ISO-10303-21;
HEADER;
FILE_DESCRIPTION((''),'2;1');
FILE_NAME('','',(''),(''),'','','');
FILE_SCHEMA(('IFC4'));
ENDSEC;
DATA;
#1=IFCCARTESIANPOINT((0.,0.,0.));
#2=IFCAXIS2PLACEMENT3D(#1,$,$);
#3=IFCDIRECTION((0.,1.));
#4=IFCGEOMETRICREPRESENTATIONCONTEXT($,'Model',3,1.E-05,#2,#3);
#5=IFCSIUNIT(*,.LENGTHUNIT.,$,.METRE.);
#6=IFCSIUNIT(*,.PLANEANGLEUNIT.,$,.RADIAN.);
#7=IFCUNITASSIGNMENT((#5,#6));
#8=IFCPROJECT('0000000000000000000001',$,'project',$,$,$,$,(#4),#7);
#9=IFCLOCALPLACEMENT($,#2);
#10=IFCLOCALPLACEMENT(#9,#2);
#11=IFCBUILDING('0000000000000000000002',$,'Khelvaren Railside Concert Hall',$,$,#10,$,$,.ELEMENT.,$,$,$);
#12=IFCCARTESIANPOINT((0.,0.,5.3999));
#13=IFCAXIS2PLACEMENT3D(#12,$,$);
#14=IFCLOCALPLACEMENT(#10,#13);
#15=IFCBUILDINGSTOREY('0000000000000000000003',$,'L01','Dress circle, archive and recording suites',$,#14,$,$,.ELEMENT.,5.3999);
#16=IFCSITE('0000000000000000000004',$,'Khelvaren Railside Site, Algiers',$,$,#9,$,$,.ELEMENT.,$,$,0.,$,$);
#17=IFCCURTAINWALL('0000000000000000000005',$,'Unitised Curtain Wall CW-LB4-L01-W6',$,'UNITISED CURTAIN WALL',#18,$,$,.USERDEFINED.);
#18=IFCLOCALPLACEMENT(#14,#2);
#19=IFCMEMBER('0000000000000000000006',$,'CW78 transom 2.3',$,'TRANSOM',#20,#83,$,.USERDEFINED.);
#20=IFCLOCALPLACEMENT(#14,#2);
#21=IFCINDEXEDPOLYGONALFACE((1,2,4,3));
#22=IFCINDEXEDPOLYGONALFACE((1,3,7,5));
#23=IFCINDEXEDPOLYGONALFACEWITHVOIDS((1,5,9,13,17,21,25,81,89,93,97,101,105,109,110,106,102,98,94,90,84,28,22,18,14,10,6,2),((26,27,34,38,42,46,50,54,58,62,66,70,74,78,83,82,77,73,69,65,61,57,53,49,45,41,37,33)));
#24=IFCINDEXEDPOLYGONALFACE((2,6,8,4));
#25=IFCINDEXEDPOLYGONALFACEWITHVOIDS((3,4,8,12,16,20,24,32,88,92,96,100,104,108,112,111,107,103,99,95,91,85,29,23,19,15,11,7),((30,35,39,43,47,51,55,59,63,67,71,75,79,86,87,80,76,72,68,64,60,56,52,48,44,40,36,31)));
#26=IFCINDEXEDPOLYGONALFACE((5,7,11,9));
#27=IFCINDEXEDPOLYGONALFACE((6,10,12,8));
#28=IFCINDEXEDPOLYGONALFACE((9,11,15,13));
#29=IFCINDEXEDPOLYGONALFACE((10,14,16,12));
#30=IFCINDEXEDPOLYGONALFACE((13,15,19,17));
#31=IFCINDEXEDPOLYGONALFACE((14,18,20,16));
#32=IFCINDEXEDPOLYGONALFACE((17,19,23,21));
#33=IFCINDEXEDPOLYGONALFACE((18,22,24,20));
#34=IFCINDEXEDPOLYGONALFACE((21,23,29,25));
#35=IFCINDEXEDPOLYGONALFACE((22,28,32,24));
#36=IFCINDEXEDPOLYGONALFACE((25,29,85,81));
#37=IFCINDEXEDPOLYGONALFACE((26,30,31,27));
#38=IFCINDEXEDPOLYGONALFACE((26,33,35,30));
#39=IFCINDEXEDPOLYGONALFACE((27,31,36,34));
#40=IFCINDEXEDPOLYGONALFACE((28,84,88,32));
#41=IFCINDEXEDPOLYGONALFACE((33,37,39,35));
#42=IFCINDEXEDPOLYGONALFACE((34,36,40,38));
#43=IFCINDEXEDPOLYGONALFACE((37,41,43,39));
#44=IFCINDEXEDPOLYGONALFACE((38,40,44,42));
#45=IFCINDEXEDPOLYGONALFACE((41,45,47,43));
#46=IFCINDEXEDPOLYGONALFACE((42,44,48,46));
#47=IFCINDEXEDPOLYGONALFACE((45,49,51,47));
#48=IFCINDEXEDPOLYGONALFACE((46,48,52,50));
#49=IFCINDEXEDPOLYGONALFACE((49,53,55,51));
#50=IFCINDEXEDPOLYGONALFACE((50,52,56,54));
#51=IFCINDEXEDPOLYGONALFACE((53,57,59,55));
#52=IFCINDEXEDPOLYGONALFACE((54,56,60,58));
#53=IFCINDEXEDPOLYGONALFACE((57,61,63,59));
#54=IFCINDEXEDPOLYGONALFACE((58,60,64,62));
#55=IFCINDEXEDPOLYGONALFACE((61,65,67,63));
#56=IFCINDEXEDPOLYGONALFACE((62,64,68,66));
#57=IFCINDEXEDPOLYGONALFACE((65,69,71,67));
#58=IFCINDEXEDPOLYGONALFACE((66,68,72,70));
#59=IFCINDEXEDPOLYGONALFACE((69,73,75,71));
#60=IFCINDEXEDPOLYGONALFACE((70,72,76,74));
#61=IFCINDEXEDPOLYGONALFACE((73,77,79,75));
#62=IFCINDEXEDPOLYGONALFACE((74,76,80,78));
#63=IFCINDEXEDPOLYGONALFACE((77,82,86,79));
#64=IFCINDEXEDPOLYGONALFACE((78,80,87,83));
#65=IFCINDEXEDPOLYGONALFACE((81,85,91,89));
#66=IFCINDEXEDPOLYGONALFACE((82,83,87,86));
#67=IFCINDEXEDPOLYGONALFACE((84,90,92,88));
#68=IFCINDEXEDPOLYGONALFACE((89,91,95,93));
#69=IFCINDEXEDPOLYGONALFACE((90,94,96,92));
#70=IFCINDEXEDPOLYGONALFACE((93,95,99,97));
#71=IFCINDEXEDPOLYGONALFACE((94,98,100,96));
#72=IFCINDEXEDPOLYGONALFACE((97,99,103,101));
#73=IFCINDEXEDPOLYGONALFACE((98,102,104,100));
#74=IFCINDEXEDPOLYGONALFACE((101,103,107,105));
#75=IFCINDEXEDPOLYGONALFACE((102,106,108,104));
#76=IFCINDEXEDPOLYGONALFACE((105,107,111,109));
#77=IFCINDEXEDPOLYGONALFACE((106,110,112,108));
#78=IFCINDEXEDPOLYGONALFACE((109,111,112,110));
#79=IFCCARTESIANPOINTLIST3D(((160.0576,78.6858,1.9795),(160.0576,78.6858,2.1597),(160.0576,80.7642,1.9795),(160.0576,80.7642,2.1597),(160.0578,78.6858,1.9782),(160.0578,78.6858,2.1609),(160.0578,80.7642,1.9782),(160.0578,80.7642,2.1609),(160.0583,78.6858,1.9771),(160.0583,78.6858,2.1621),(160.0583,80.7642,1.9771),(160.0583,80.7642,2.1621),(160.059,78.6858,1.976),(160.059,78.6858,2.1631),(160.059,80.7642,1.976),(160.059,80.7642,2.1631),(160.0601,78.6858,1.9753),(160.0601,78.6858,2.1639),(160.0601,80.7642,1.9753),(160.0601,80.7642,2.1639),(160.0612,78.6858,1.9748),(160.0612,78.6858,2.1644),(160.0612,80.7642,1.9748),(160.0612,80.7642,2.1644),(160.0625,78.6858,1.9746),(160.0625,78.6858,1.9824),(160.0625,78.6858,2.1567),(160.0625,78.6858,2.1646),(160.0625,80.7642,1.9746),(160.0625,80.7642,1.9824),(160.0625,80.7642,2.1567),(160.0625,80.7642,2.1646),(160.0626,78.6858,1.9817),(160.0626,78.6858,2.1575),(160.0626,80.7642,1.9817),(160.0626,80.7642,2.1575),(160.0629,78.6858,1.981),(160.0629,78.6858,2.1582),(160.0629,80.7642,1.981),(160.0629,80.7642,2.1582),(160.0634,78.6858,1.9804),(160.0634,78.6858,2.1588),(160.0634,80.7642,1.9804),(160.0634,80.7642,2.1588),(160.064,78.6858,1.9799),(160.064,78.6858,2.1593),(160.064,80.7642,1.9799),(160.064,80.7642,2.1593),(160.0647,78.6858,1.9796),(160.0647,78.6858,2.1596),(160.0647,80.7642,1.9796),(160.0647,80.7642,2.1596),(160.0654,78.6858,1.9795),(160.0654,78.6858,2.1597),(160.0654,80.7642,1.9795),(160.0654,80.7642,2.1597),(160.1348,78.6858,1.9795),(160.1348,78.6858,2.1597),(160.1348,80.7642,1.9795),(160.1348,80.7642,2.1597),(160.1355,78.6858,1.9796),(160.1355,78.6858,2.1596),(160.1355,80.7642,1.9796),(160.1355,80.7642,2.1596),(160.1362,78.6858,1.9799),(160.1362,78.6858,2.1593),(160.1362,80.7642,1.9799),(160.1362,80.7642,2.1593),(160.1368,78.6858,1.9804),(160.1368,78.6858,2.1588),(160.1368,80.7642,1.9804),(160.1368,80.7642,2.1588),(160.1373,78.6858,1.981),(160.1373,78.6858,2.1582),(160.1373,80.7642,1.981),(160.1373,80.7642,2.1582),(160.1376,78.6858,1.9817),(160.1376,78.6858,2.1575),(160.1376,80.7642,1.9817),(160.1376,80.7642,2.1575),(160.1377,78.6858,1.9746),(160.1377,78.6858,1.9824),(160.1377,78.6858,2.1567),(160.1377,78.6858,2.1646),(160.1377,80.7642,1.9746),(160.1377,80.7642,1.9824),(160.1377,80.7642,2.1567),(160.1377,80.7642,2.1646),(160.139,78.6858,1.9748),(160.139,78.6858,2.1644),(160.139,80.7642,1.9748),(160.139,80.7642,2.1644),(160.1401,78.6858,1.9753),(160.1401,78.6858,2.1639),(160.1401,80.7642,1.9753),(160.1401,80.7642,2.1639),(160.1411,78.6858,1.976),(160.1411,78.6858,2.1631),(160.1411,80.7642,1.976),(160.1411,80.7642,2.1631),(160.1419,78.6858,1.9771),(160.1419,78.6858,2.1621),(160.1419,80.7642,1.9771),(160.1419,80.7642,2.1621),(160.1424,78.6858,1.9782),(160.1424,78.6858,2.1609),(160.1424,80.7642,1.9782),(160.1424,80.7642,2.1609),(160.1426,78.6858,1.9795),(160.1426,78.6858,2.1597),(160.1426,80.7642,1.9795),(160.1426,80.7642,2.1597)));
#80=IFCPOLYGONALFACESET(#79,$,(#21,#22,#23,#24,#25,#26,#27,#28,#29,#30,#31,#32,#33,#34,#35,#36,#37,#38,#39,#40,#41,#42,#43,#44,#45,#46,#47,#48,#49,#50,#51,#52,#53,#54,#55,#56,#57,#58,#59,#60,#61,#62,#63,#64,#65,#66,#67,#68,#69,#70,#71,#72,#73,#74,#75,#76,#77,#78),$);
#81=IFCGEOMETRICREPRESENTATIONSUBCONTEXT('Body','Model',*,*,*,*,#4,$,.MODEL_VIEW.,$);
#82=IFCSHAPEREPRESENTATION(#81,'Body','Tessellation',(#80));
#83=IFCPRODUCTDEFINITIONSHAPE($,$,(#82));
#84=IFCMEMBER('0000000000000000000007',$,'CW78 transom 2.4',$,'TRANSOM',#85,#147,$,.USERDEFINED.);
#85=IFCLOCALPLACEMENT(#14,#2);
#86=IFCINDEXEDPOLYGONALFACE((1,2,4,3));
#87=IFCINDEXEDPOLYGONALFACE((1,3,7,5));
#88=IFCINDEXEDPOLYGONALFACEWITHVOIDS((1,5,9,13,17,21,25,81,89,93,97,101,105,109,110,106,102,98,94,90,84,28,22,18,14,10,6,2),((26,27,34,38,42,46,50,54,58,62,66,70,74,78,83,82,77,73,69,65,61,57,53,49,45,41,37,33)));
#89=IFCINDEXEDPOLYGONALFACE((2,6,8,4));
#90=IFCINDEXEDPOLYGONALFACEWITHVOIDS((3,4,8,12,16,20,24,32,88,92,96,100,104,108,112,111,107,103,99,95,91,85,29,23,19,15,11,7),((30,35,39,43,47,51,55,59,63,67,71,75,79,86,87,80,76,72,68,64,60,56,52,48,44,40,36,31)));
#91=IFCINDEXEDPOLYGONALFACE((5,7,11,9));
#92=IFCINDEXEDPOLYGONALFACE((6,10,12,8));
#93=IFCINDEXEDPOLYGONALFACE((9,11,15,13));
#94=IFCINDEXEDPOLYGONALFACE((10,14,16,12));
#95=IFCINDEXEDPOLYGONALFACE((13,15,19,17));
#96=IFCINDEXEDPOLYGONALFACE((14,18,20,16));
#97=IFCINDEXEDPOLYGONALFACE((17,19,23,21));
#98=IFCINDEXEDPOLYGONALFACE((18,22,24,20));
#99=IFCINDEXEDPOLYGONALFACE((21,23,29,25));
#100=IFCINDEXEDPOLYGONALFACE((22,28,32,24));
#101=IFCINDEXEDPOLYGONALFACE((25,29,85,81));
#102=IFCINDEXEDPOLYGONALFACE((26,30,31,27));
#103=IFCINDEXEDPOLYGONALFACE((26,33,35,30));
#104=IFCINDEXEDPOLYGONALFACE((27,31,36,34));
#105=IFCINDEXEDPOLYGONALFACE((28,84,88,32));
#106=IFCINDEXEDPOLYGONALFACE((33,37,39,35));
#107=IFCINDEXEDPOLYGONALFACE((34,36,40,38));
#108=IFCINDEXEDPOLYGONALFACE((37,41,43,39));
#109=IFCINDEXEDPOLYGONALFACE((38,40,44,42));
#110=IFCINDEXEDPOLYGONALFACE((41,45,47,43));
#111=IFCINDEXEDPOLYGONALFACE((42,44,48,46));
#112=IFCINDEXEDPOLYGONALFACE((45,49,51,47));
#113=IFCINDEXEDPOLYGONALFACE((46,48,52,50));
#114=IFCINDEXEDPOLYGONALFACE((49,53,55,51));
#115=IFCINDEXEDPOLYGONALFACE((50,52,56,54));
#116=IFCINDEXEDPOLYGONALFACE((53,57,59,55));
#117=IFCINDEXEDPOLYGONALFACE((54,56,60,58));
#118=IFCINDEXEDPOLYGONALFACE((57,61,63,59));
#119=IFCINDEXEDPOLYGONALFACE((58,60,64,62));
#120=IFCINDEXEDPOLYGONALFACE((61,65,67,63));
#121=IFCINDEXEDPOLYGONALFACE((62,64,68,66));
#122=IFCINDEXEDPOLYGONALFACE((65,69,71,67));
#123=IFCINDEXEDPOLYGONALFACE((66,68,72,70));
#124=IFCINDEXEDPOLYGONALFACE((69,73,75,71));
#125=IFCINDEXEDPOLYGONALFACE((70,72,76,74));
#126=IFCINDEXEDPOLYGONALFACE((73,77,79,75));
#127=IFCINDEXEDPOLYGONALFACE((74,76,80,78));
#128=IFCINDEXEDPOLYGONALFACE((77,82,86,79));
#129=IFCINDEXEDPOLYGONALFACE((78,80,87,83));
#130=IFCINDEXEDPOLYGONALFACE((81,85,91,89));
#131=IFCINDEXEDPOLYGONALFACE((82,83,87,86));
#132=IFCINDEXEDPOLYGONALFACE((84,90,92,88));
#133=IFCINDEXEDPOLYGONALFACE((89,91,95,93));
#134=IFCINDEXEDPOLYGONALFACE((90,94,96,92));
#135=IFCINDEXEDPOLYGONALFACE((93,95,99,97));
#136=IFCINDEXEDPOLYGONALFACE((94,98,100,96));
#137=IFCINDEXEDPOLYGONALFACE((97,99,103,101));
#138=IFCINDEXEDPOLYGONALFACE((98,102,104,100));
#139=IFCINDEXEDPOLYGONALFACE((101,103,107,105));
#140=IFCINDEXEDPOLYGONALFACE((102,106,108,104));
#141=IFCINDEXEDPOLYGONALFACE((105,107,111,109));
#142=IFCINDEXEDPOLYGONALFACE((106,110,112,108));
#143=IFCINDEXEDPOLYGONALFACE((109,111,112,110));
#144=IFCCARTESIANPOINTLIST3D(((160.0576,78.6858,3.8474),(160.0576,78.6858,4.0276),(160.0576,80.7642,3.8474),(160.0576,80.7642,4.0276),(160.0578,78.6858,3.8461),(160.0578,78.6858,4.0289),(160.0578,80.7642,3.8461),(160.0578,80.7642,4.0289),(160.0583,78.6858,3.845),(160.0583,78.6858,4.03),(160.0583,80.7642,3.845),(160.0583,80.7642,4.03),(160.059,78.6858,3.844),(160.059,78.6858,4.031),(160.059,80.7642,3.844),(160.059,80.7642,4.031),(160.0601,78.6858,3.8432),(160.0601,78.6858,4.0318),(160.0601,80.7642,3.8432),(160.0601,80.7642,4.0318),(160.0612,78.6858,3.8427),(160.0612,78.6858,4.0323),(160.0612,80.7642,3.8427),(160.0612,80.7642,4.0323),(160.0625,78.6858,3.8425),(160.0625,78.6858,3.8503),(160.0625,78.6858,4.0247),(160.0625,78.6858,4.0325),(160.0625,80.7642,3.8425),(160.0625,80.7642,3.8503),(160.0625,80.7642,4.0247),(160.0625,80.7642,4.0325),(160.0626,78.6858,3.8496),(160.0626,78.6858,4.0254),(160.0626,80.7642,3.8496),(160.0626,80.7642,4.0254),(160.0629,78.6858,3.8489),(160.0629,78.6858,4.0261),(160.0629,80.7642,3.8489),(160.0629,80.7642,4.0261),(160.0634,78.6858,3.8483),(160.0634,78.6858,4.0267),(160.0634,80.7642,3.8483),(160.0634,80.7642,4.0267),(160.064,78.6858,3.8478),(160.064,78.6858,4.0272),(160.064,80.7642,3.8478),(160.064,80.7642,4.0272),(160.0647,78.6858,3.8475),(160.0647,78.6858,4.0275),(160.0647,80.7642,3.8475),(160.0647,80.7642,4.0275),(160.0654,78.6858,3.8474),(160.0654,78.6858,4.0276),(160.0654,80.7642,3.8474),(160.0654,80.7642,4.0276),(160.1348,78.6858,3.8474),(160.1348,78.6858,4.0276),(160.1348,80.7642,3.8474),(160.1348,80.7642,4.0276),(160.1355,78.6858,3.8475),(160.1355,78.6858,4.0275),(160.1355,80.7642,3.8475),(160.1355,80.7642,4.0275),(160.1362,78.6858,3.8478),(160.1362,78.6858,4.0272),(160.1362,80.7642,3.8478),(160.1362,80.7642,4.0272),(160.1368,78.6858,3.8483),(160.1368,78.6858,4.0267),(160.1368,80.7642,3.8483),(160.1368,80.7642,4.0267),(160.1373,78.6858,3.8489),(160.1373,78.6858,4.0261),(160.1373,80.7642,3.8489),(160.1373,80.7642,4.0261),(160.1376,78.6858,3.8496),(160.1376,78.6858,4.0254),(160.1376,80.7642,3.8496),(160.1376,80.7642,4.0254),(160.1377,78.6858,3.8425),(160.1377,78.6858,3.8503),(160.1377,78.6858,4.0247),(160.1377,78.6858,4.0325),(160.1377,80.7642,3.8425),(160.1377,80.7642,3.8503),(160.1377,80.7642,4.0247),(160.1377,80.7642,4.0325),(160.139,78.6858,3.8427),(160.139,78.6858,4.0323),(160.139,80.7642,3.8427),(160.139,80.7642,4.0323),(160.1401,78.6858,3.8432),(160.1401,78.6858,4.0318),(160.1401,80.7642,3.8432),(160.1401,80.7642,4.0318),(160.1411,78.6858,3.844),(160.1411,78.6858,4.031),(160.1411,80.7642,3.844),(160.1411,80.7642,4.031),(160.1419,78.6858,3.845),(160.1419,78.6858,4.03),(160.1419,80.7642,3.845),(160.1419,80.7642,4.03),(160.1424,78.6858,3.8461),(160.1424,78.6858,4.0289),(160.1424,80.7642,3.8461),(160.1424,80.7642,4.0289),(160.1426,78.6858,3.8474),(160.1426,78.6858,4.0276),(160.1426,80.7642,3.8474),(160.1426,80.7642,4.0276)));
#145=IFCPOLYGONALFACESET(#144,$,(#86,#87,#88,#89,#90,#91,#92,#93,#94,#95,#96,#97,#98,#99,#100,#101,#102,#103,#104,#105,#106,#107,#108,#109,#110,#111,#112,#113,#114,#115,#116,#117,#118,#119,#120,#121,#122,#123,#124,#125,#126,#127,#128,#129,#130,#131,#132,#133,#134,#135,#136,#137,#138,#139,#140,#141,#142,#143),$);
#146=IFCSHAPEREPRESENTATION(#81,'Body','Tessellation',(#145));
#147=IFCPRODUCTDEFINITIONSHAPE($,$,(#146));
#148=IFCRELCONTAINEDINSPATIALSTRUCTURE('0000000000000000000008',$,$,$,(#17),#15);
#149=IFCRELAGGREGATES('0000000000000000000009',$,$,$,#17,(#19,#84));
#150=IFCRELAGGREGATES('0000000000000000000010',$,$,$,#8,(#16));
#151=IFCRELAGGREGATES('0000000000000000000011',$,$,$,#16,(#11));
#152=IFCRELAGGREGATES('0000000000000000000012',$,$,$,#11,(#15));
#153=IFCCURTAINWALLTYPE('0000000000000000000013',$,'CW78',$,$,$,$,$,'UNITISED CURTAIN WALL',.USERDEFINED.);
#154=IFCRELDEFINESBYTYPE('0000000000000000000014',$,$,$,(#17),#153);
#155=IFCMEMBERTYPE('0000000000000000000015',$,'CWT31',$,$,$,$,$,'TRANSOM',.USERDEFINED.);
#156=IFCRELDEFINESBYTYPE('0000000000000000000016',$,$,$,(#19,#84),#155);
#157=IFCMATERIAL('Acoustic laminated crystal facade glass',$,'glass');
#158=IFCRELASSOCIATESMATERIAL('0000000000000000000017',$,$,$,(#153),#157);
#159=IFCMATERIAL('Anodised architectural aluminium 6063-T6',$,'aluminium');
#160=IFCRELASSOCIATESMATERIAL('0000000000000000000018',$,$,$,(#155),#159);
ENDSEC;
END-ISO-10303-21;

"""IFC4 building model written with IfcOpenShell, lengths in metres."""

from ifc_helpers import new_model, si_unit, direction, frame, origin, origin_2d, place, context, subcontext, project, spatial, hollow_rectangle, extrude, material, material_profile, profile_set, type_object, element, aggregate, save


model = new_model("IFC4")

# Units and contexts
model_context = context("Model", 3, precision=1e-05, world=origin(), true_north=direction((0.0, 1.0)))
body_context = subcontext(model_context, "Body", "Model", "MODEL_VIEW")
ifc_project = project(units=[si_unit("LENGTHUNIT", "METRE"), si_unit("PLANEANGLEUNIT", "RADIAN")], contexts=[model_context])

# Site, building, storey
site_placement = place(None, origin())
site = spatial("IfcSite", under=ifc_project, at=site_placement, Name="Khelvaren Railside Site, Algiers", CompositionType="ELEMENT", RefElevation=0.0)
building_placement = place(site_placement, origin())
building = spatial("IfcBuilding", under=site, at=building_placement, Name="Khelvaren Railside Concert Hall", CompositionType="ELEMENT")
storey_placement = place(building_placement, frame((0.0, 0.0, 5.3999)))
storey = spatial("IfcBuildingStorey", under=building, at=storey_placement, Name="L01", Description="Dress circle, archive and recording suites", CompositionType="ELEMENT", Elevation=5.3999)

# Curtain wall, members
ifc_material_1 = material(Name="Acoustic laminated crystal facade glass", Category="glass")
curtain_wall_type = type_object("IfcCurtainWallType", Name="CW78", ElementType="UNITISED CURTAIN WALL", PredefinedType="USERDEFINED", material=ifc_material_1)
curtain_wall_placement = place(storey_placement, origin())
curtain_wall = element("IfcCurtainWall", 1, at=curtain_wall_placement, inside=storey, type_object=curtain_wall_type, Name="Unitised Curtain Wall CW-LB4-L01-W6", ObjectType="UNITISED CURTAIN WALL", PredefinedType="USERDEFINED")
ifc_material_2 = material(Name="Anodised architectural aluminium 6063-T6", Category="aluminium")
ifc_material_profile_1 = material_profile(ifc_material_2, hollow_rectangle(XDim=0.085, YDim=0.1899, WallThickness=0.0049, InnerFilletRadius=0.0029, OuterFilletRadius=0.0049, at=origin_2d()), Name="CWT 85x190x5")
ifc_profile_set_1 = profile_set([ifc_material_profile_1], Name="Anodised architectural aluminium 6063-T6")
member_type_1 = type_object("IfcMemberType", Name="CWT31", ElementType="TRANSOM", PredefinedType="USERDEFINED", material=ifc_profile_set_1)
member_1_placement = place(storey_placement, frame((160.1001, 78.6858, 2.0696), z_axis=(0.0, 1.0, 0.0), x_axis=(-1.0, 0.0, 0.0)))
member_1 = element("IfcMember", 2, at=member_1_placement, type_object=member_type_1, Name="CW78 transom 2.3", ObjectType="TRANSOM", PredefinedType="USERDEFINED", context=body_context, shape_type="SweptSolid", body=[
    extrude(hollow_rectangle(XDim=0.085, YDim=0.1899, WallThickness=0.0049, InnerFilletRadius=0.0029, OuterFilletRadius=0.0049, at=origin_2d()), origin(), (0.0, 0.0, 1.0), 2.0784),
])
member_2_placement = place(storey_placement, frame((160.1001, 78.6858, 3.9375), z_axis=(0.0, 1.0, 0.0), x_axis=(-1.0, 0.0, 0.0)))
member_2 = element("IfcMember", 3, at=member_2_placement, type_object=member_type_1, Name="CW78 transom 2.4", ObjectType="TRANSOM", PredefinedType="USERDEFINED", context=body_context, shape_type="SweptSolid", body=[
    extrude(hollow_rectangle(XDim=0.085, YDim=0.1899, WallThickness=0.0049, InnerFilletRadius=0.0029, OuterFilletRadius=0.0049, at=origin_2d()), origin(), (0.0, 0.0, 1.0), 2.0784),
])

aggregate(curtain_wall, [member_1, member_2])

save(model, "model.ifc")
